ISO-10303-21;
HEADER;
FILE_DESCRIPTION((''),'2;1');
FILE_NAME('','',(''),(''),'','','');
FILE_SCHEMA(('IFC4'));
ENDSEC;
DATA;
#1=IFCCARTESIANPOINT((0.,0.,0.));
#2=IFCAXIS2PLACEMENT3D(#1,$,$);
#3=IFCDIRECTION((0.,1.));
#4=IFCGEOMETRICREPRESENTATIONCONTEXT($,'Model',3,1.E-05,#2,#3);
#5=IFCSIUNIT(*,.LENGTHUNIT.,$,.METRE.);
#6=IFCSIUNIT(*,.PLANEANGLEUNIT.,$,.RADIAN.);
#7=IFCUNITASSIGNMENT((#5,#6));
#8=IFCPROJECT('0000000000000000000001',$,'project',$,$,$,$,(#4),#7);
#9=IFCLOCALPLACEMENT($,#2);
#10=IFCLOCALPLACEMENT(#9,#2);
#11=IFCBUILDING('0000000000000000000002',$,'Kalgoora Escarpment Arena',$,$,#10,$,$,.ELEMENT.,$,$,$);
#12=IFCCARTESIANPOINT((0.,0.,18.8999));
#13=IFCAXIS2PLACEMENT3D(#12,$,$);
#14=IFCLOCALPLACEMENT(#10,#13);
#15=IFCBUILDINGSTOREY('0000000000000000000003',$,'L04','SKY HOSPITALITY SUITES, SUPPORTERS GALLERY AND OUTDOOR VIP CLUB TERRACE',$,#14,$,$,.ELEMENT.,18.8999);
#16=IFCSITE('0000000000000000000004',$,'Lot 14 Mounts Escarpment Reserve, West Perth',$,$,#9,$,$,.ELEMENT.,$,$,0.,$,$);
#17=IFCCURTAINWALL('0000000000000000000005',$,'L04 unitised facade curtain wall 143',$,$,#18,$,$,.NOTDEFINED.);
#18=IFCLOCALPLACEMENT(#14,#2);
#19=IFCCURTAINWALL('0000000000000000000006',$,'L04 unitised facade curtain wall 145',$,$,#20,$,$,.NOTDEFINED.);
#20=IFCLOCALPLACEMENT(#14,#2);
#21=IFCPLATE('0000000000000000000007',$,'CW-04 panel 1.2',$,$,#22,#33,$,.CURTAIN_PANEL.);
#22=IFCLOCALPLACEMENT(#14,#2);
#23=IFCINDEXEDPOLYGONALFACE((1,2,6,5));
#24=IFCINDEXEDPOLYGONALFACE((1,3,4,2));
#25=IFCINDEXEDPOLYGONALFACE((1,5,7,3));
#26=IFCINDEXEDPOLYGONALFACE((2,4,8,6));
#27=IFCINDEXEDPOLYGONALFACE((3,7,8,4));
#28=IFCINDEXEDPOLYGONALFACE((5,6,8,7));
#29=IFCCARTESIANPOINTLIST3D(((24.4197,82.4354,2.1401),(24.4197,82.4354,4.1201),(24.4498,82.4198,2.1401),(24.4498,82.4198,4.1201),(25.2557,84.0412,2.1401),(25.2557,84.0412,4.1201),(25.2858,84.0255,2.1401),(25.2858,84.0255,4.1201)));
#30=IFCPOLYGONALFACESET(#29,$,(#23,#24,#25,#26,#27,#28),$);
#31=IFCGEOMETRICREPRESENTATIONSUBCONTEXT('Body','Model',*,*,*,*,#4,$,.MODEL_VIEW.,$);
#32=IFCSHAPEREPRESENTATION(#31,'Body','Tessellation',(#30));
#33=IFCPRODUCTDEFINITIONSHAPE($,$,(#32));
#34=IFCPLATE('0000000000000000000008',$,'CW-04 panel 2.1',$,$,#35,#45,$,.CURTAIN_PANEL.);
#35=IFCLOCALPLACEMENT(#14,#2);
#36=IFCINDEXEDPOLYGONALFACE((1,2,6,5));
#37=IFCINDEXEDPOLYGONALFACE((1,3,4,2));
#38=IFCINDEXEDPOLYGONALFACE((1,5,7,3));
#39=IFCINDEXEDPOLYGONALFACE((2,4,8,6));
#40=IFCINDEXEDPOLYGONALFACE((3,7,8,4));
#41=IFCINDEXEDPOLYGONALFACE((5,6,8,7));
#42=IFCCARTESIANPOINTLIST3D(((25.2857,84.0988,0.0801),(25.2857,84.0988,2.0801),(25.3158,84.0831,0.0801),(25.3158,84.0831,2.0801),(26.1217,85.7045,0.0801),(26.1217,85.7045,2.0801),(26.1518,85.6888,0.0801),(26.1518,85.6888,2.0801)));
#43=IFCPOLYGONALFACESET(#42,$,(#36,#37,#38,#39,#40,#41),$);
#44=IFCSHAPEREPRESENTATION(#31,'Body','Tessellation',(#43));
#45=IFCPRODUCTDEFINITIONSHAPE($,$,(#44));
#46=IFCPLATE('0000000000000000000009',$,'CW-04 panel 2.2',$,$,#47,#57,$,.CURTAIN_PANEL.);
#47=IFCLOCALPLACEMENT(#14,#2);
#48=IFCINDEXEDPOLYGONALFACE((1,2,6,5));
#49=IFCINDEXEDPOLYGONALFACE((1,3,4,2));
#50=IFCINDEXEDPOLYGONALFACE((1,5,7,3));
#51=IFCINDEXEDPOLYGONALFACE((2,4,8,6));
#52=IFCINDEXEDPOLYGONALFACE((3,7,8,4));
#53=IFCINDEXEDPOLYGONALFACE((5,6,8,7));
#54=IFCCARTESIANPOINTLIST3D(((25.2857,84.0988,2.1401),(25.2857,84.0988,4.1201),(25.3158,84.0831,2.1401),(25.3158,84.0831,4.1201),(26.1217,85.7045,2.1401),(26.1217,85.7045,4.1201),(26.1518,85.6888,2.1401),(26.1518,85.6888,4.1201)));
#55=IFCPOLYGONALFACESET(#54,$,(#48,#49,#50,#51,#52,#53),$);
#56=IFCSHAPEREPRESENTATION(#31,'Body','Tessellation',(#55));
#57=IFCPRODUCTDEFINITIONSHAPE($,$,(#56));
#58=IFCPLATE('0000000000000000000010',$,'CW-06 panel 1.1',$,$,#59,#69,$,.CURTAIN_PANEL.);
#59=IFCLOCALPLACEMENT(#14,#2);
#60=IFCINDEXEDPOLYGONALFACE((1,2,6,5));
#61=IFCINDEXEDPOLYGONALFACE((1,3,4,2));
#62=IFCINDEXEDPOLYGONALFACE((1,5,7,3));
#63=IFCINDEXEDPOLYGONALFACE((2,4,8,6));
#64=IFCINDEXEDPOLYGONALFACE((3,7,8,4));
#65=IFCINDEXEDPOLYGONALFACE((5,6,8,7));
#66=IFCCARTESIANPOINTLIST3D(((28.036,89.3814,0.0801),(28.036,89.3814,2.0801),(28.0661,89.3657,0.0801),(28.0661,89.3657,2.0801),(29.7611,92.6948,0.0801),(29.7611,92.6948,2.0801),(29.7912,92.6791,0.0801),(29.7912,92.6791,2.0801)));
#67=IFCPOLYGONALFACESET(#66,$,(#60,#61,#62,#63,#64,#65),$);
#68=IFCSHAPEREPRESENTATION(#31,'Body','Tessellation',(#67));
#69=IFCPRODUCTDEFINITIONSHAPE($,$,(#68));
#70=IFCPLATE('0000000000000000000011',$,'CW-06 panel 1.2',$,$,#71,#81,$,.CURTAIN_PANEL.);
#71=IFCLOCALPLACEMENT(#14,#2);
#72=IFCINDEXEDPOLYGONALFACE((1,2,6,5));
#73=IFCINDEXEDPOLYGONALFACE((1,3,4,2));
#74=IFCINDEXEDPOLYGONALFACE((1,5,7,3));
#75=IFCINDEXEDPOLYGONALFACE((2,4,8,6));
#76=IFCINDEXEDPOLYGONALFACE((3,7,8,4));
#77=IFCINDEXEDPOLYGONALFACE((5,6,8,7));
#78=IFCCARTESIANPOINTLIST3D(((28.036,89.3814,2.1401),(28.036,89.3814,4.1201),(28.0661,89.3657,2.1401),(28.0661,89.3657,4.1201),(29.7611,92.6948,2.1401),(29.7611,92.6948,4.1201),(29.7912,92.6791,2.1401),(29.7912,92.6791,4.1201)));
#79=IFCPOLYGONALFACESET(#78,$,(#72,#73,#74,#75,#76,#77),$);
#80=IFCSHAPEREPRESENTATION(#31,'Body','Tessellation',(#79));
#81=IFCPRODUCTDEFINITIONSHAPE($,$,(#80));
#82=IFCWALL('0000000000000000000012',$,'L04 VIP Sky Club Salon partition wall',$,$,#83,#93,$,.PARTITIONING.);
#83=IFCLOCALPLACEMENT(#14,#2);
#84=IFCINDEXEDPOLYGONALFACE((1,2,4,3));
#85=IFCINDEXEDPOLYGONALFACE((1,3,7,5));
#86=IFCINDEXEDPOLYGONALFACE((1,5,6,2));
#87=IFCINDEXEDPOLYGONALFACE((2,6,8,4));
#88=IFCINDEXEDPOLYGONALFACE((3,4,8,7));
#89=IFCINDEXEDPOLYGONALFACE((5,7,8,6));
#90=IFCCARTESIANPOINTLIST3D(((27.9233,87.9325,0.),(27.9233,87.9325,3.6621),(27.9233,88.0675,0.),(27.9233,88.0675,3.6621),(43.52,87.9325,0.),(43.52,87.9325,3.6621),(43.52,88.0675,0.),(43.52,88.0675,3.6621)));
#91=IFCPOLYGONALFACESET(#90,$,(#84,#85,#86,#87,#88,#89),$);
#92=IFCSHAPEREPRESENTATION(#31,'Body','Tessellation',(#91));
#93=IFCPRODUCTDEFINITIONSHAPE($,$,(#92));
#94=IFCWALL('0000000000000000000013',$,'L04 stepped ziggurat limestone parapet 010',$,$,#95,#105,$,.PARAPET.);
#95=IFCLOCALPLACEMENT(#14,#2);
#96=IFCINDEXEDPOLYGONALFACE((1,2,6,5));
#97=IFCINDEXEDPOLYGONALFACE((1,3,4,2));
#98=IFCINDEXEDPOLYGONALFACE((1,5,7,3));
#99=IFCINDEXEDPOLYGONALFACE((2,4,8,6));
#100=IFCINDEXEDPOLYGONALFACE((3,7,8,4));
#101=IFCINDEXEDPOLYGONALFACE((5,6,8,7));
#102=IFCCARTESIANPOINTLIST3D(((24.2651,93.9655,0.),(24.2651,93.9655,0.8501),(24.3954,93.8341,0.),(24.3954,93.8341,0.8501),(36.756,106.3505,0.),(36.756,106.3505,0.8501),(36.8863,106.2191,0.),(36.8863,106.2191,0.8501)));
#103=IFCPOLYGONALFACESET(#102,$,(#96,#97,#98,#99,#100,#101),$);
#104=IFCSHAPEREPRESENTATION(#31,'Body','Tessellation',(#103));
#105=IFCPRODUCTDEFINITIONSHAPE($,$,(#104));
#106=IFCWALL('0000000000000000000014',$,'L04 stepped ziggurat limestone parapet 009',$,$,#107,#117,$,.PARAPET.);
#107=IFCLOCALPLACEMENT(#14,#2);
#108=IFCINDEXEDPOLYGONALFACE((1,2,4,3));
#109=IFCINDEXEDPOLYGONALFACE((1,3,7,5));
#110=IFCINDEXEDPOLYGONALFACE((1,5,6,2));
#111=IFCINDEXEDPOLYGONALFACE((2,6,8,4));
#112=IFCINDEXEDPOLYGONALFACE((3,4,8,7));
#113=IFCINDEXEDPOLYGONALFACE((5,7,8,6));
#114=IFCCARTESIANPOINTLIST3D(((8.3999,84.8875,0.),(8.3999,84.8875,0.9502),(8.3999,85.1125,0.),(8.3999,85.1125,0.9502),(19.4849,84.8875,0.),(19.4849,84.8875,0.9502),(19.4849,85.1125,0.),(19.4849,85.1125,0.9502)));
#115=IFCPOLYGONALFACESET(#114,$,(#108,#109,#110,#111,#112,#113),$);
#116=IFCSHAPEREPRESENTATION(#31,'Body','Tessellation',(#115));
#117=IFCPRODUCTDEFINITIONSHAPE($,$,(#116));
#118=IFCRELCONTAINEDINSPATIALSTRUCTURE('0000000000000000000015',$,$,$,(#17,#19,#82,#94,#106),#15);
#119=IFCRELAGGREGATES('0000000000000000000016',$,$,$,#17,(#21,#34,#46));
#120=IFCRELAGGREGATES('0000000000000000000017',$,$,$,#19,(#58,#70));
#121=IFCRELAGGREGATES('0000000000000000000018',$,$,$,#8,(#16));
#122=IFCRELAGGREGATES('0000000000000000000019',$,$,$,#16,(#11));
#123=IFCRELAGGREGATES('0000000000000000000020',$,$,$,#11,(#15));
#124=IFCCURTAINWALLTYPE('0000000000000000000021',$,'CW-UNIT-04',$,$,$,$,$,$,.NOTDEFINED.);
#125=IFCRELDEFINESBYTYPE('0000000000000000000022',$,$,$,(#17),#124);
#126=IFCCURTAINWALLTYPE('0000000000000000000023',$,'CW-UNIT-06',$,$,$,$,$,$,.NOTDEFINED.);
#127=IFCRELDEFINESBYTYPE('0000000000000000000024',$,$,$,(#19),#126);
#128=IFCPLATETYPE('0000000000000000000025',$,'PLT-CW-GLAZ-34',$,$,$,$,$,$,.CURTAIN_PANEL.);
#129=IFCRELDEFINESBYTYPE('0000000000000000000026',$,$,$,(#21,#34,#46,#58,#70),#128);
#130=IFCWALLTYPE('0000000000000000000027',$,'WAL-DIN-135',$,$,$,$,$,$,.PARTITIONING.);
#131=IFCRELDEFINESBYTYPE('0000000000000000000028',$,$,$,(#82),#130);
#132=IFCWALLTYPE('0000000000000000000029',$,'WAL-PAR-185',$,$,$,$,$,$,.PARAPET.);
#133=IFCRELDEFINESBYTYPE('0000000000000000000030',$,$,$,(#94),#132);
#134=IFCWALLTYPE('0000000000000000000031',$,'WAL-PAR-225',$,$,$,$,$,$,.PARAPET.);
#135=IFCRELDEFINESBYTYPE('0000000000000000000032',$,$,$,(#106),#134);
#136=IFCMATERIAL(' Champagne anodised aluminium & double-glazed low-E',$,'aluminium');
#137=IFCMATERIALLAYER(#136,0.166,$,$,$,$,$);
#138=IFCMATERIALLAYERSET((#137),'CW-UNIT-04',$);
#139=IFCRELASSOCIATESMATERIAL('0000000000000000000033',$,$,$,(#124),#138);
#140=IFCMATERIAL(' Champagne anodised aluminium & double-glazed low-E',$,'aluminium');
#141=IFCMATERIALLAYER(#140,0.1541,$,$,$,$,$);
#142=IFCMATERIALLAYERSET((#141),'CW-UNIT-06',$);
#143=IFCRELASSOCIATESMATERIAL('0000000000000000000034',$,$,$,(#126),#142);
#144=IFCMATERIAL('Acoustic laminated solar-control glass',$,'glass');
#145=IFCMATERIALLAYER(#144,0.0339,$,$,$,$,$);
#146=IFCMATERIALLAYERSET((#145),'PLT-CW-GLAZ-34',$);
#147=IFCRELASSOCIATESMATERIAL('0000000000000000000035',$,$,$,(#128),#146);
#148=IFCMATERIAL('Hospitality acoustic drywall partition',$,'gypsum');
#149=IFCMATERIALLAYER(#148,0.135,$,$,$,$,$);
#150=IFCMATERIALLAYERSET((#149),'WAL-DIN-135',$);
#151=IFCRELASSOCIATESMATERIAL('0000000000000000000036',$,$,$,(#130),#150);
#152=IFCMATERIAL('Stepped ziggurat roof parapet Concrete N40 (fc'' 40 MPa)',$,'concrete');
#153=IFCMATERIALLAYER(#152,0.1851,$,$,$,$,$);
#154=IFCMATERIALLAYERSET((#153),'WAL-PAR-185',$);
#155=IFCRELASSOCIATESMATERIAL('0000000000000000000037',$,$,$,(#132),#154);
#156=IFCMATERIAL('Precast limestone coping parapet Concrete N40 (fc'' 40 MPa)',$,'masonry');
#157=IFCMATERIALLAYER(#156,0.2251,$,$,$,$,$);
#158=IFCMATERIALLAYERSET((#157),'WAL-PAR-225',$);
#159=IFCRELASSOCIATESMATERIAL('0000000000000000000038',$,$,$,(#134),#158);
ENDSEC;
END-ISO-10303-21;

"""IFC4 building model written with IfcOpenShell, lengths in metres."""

from ifc_helpers import new_model, si_unit, direction, frame, frame_2d, origin, origin_2d, place, context, subcontext, project, spatial, rectangle, extrude, material, layer, layer_set, type_object, element, aggregate, save


model = new_model("IFC4")

# Units and contexts
model_context = context("Model", 3, precision=1e-05, world=origin(), true_north=direction((0.0, 1.0)))
body_context = subcontext(model_context, "Body", "Model", "MODEL_VIEW")
ifc_project = project(units=[si_unit("LENGTHUNIT", "METRE"), si_unit("PLANEANGLEUNIT", "RADIAN")], contexts=[model_context])

# Site, building, storey
site_placement = place(None, origin())
site = spatial("IfcSite", under=ifc_project, at=site_placement, Name="Lot 14 Mounts Escarpment Reserve, West Perth", CompositionType="ELEMENT", RefElevation=0.0)
building_placement = place(site_placement, origin())
building = spatial("IfcBuilding", under=site, at=building_placement, Name="Kalgoora Escarpment Arena", CompositionType="ELEMENT")
storey_placement = place(building_placement, frame((0.0, 0.0, 18.8999)))
storey = spatial("IfcBuildingStorey", under=building, at=storey_placement, Name="L04", Description="SKY HOSPITALITY SUITES, SUPPORTERS GALLERY AND OUTDOOR VIP CLUB TERRACE", CompositionType="ELEMENT", Elevation=18.8999)

# Curtain walls
ifc_material_1 = material(Name=" Champagne anodised aluminium & double-glazed low-E", Category="aluminium")
ifc_layer_1 = layer(ifc_material_1, 0.166)
ifc_layer_set_1 = layer_set([ifc_layer_1], Name="CW-UNIT-04")
curtain_wall_type_1 = type_object("IfcCurtainWallType", Name="CW-UNIT-04", PredefinedType="NOTDEFINED", material=ifc_layer_set_1)
curtain_wall_1_placement = place(storey_placement, origin())
curtain_wall_1 = element("IfcCurtainWall", 1, at=curtain_wall_1_placement, inside=storey, type_object=curtain_wall_type_1, Name="L04 unitised facade curtain wall 143", PredefinedType="NOTDEFINED")
ifc_material_2 = material(Name=" Champagne anodised aluminium & double-glazed low-E", Category="aluminium")
ifc_layer_2 = layer(ifc_material_2, 0.1541)
ifc_layer_set_2 = layer_set([ifc_layer_2], Name="CW-UNIT-06")
curtain_wall_type_2 = type_object("IfcCurtainWallType", Name="CW-UNIT-06", PredefinedType="NOTDEFINED", material=ifc_layer_set_2)
curtain_wall_2_placement = place(storey_placement, origin())
curtain_wall_2 = element("IfcCurtainWall", 2, at=curtain_wall_2_placement, inside=storey, type_object=curtain_wall_type_2, Name="L04 unitised facade curtain wall 145", PredefinedType="NOTDEFINED")

# Plates
ifc_material_3 = material(Name="Acoustic laminated solar-control glass", Category="glass")
ifc_layer_3 = layer(ifc_material_3, 0.0339)
ifc_layer_set_3 = layer_set([ifc_layer_3], Name="PLT-CW-GLAZ-34")
plate_type_1 = type_object("IfcPlateType", Name="PLT-CW-GLAZ-34", PredefinedType="CURTAIN_PANEL", material=ifc_layer_set_3)
plate_1_placement = place(storey_placement, frame((24.8528, 83.2305, 2.1401), z_axis=(0.0, 0.0, 1.0), x_axis=(0.461799, 0.886985, 0.0)))
plate_1 = element("IfcPlate", 3, at=plate_1_placement, type_object=plate_type_1, Name="CW-04 panel 1.2", PredefinedType="CURTAIN_PANEL", context=body_context, shape_type="SweptSolid", body=[
    extrude(rectangle(XDim=1.8103, YDim=0.0339, at=origin_2d()), origin(), (0.0, 0.0, 1.0), 1.98),
])
plate_2_placement = place(storey_placement, frame((25.7188, 84.8938, 0.0801), z_axis=(0.0, 0.0, 1.0), x_axis=(0.461799, 0.886985, 0.0)))
plate_2 = element("IfcPlate", 4, at=plate_2_placement, type_object=plate_type_1, Name="CW-04 panel 2.1", PredefinedType="CURTAIN_PANEL", context=body_context, shape_type="SweptSolid", body=[
    extrude(rectangle(XDim=1.8103, YDim=0.0339, at=origin_2d()), origin(), (0.0, 0.0, 1.0), 2.0),
])
plate_3_placement = place(storey_placement, frame((25.7188, 84.8938, 2.1401), z_axis=(0.0, 0.0, 1.0), x_axis=(0.461799, 0.886985, 0.0)))
plate_3 = element("IfcPlate", 5, at=plate_3_placement, type_object=plate_type_1, Name="CW-04 panel 2.2", PredefinedType="CURTAIN_PANEL", context=body_context, shape_type="SweptSolid", body=[
    extrude(rectangle(XDim=1.8103, YDim=0.0339, at=origin_2d()), origin(), (0.0, 0.0, 1.0), 1.98),
])
aggregate(curtain_wall_1, [plate_1, plate_2, plate_3])
plate_4_placement = place(storey_placement, frame((28.9136, 91.0303, 0.0801), z_axis=(0.0, 0.0, 1.0), x_axis=(0.461796, 0.886986, 0.0)))
plate_4 = element("IfcPlate", 6, at=plate_4_placement, type_object=plate_type_1, Name="CW-06 panel 1.1", PredefinedType="CURTAIN_PANEL", context=body_context, shape_type="SweptSolid", body=[
    extrude(rectangle(XDim=3.7356, YDim=0.0339, at=origin_2d()), origin(), (0.0, 0.0, 1.0), 2.0),
])
plate_5_placement = place(storey_placement, frame((28.9136, 91.0303, 2.1401), z_axis=(0.0, 0.0, 1.0), x_axis=(0.461796, 0.886986, 0.0)))
plate_5 = element("IfcPlate", 7, at=plate_5_placement, type_object=plate_type_1, Name="CW-06 panel 1.2", PredefinedType="CURTAIN_PANEL", context=body_context, shape_type="SweptSolid", body=[
    extrude(rectangle(XDim=3.7356, YDim=0.0339, at=origin_2d()), origin(), (0.0, 0.0, 1.0), 1.98),
])
aggregate(curtain_wall_2, [plate_4, plate_5])

# Walls
ifc_material_4 = material(Name="Hospitality acoustic drywall partition", Category="gypsum")
ifc_layer_4 = layer(ifc_material_4, 0.135)
ifc_layer_set_4 = layer_set([ifc_layer_4], Name="WAL-DIN-135")
wall_type_1 = type_object("IfcWallType", Name="WAL-DIN-135", PredefinedType="PARTITIONING", material=ifc_layer_set_4)
wall_1_placement = place(storey_placement, frame((27.9233, 88.0, 0.0), z_axis=(0.0, 0.0, 1.0), x_axis=(1.0, 0.0, 0.0)))
element("IfcWall", 8, at=wall_1_placement, inside=storey, type_object=wall_type_1, Name="L04 VIP Sky Club Salon partition wall", PredefinedType="PARTITIONING", context=body_context, shape_type="SweptSolid", body=[
    extrude(rectangle(XDim=15.5967, YDim=0.135, at=frame_2d((7.7983, 0.0))), origin(), (0.0, 0.0, 1.0), 3.6621),
])
ifc_material_5 = material(Name="Stepped ziggurat roof parapet Concrete N40 (fc' 40 MPa)", Category="concrete")
ifc_layer_5 = layer(ifc_material_5, 0.1851)
ifc_layer_set_5 = layer_set([ifc_layer_5], Name="WAL-PAR-185")
wall_type_2 = type_object("IfcWallType", Name="WAL-PAR-185", PredefinedType="PARAPET", material=ifc_layer_set_5)
wall_2_placement = place(storey_placement, frame((24.3303, 93.8999, 0.0), z_axis=(0.0, 0.0, 1.0), x_axis=(0.710112, 0.704089, 0.0)))
element("IfcWall", 9, at=wall_2_placement, inside=storey, type_object=wall_type_2, Name="L04 stepped ziggurat limestone parapet 010", PredefinedType="PARAPET", context=body_context, shape_type="SweptSolid", body=[
    extrude(rectangle(XDim=17.5901, YDim=0.1851, at=frame_2d((8.7949, 0.0))), origin(), (0.0, 0.0, 1.0), 0.8501),
])
ifc_material_6 = material(Name="Precast limestone coping parapet Concrete N40 (fc' 40 MPa)", Category="masonry")
ifc_layer_6 = layer(ifc_material_6, 0.2251)
ifc_layer_set_6 = layer_set([ifc_layer_6], Name="WAL-PAR-225")
wall_type_3 = type_object("IfcWallType", Name="WAL-PAR-225", PredefinedType="PARAPET", material=ifc_layer_set_6)
wall_3_placement = place(storey_placement, frame((8.3999, 85.0, 0.0), z_axis=(0.0, 0.0, 1.0), x_axis=(1.0, 0.0, 0.0)))
element("IfcWall", 10, at=wall_3_placement, inside=storey, type_object=wall_type_3, Name="L04 stepped ziggurat limestone parapet 009", PredefinedType="PARAPET", context=body_context, shape_type="SweptSolid", body=[
    extrude(rectangle(XDim=11.085, YDim=0.2251, at=frame_2d((5.5425, 0.0))), origin(), (0.0, 0.0, 1.0), 0.9502),
])

save(model, "model.ifc")
